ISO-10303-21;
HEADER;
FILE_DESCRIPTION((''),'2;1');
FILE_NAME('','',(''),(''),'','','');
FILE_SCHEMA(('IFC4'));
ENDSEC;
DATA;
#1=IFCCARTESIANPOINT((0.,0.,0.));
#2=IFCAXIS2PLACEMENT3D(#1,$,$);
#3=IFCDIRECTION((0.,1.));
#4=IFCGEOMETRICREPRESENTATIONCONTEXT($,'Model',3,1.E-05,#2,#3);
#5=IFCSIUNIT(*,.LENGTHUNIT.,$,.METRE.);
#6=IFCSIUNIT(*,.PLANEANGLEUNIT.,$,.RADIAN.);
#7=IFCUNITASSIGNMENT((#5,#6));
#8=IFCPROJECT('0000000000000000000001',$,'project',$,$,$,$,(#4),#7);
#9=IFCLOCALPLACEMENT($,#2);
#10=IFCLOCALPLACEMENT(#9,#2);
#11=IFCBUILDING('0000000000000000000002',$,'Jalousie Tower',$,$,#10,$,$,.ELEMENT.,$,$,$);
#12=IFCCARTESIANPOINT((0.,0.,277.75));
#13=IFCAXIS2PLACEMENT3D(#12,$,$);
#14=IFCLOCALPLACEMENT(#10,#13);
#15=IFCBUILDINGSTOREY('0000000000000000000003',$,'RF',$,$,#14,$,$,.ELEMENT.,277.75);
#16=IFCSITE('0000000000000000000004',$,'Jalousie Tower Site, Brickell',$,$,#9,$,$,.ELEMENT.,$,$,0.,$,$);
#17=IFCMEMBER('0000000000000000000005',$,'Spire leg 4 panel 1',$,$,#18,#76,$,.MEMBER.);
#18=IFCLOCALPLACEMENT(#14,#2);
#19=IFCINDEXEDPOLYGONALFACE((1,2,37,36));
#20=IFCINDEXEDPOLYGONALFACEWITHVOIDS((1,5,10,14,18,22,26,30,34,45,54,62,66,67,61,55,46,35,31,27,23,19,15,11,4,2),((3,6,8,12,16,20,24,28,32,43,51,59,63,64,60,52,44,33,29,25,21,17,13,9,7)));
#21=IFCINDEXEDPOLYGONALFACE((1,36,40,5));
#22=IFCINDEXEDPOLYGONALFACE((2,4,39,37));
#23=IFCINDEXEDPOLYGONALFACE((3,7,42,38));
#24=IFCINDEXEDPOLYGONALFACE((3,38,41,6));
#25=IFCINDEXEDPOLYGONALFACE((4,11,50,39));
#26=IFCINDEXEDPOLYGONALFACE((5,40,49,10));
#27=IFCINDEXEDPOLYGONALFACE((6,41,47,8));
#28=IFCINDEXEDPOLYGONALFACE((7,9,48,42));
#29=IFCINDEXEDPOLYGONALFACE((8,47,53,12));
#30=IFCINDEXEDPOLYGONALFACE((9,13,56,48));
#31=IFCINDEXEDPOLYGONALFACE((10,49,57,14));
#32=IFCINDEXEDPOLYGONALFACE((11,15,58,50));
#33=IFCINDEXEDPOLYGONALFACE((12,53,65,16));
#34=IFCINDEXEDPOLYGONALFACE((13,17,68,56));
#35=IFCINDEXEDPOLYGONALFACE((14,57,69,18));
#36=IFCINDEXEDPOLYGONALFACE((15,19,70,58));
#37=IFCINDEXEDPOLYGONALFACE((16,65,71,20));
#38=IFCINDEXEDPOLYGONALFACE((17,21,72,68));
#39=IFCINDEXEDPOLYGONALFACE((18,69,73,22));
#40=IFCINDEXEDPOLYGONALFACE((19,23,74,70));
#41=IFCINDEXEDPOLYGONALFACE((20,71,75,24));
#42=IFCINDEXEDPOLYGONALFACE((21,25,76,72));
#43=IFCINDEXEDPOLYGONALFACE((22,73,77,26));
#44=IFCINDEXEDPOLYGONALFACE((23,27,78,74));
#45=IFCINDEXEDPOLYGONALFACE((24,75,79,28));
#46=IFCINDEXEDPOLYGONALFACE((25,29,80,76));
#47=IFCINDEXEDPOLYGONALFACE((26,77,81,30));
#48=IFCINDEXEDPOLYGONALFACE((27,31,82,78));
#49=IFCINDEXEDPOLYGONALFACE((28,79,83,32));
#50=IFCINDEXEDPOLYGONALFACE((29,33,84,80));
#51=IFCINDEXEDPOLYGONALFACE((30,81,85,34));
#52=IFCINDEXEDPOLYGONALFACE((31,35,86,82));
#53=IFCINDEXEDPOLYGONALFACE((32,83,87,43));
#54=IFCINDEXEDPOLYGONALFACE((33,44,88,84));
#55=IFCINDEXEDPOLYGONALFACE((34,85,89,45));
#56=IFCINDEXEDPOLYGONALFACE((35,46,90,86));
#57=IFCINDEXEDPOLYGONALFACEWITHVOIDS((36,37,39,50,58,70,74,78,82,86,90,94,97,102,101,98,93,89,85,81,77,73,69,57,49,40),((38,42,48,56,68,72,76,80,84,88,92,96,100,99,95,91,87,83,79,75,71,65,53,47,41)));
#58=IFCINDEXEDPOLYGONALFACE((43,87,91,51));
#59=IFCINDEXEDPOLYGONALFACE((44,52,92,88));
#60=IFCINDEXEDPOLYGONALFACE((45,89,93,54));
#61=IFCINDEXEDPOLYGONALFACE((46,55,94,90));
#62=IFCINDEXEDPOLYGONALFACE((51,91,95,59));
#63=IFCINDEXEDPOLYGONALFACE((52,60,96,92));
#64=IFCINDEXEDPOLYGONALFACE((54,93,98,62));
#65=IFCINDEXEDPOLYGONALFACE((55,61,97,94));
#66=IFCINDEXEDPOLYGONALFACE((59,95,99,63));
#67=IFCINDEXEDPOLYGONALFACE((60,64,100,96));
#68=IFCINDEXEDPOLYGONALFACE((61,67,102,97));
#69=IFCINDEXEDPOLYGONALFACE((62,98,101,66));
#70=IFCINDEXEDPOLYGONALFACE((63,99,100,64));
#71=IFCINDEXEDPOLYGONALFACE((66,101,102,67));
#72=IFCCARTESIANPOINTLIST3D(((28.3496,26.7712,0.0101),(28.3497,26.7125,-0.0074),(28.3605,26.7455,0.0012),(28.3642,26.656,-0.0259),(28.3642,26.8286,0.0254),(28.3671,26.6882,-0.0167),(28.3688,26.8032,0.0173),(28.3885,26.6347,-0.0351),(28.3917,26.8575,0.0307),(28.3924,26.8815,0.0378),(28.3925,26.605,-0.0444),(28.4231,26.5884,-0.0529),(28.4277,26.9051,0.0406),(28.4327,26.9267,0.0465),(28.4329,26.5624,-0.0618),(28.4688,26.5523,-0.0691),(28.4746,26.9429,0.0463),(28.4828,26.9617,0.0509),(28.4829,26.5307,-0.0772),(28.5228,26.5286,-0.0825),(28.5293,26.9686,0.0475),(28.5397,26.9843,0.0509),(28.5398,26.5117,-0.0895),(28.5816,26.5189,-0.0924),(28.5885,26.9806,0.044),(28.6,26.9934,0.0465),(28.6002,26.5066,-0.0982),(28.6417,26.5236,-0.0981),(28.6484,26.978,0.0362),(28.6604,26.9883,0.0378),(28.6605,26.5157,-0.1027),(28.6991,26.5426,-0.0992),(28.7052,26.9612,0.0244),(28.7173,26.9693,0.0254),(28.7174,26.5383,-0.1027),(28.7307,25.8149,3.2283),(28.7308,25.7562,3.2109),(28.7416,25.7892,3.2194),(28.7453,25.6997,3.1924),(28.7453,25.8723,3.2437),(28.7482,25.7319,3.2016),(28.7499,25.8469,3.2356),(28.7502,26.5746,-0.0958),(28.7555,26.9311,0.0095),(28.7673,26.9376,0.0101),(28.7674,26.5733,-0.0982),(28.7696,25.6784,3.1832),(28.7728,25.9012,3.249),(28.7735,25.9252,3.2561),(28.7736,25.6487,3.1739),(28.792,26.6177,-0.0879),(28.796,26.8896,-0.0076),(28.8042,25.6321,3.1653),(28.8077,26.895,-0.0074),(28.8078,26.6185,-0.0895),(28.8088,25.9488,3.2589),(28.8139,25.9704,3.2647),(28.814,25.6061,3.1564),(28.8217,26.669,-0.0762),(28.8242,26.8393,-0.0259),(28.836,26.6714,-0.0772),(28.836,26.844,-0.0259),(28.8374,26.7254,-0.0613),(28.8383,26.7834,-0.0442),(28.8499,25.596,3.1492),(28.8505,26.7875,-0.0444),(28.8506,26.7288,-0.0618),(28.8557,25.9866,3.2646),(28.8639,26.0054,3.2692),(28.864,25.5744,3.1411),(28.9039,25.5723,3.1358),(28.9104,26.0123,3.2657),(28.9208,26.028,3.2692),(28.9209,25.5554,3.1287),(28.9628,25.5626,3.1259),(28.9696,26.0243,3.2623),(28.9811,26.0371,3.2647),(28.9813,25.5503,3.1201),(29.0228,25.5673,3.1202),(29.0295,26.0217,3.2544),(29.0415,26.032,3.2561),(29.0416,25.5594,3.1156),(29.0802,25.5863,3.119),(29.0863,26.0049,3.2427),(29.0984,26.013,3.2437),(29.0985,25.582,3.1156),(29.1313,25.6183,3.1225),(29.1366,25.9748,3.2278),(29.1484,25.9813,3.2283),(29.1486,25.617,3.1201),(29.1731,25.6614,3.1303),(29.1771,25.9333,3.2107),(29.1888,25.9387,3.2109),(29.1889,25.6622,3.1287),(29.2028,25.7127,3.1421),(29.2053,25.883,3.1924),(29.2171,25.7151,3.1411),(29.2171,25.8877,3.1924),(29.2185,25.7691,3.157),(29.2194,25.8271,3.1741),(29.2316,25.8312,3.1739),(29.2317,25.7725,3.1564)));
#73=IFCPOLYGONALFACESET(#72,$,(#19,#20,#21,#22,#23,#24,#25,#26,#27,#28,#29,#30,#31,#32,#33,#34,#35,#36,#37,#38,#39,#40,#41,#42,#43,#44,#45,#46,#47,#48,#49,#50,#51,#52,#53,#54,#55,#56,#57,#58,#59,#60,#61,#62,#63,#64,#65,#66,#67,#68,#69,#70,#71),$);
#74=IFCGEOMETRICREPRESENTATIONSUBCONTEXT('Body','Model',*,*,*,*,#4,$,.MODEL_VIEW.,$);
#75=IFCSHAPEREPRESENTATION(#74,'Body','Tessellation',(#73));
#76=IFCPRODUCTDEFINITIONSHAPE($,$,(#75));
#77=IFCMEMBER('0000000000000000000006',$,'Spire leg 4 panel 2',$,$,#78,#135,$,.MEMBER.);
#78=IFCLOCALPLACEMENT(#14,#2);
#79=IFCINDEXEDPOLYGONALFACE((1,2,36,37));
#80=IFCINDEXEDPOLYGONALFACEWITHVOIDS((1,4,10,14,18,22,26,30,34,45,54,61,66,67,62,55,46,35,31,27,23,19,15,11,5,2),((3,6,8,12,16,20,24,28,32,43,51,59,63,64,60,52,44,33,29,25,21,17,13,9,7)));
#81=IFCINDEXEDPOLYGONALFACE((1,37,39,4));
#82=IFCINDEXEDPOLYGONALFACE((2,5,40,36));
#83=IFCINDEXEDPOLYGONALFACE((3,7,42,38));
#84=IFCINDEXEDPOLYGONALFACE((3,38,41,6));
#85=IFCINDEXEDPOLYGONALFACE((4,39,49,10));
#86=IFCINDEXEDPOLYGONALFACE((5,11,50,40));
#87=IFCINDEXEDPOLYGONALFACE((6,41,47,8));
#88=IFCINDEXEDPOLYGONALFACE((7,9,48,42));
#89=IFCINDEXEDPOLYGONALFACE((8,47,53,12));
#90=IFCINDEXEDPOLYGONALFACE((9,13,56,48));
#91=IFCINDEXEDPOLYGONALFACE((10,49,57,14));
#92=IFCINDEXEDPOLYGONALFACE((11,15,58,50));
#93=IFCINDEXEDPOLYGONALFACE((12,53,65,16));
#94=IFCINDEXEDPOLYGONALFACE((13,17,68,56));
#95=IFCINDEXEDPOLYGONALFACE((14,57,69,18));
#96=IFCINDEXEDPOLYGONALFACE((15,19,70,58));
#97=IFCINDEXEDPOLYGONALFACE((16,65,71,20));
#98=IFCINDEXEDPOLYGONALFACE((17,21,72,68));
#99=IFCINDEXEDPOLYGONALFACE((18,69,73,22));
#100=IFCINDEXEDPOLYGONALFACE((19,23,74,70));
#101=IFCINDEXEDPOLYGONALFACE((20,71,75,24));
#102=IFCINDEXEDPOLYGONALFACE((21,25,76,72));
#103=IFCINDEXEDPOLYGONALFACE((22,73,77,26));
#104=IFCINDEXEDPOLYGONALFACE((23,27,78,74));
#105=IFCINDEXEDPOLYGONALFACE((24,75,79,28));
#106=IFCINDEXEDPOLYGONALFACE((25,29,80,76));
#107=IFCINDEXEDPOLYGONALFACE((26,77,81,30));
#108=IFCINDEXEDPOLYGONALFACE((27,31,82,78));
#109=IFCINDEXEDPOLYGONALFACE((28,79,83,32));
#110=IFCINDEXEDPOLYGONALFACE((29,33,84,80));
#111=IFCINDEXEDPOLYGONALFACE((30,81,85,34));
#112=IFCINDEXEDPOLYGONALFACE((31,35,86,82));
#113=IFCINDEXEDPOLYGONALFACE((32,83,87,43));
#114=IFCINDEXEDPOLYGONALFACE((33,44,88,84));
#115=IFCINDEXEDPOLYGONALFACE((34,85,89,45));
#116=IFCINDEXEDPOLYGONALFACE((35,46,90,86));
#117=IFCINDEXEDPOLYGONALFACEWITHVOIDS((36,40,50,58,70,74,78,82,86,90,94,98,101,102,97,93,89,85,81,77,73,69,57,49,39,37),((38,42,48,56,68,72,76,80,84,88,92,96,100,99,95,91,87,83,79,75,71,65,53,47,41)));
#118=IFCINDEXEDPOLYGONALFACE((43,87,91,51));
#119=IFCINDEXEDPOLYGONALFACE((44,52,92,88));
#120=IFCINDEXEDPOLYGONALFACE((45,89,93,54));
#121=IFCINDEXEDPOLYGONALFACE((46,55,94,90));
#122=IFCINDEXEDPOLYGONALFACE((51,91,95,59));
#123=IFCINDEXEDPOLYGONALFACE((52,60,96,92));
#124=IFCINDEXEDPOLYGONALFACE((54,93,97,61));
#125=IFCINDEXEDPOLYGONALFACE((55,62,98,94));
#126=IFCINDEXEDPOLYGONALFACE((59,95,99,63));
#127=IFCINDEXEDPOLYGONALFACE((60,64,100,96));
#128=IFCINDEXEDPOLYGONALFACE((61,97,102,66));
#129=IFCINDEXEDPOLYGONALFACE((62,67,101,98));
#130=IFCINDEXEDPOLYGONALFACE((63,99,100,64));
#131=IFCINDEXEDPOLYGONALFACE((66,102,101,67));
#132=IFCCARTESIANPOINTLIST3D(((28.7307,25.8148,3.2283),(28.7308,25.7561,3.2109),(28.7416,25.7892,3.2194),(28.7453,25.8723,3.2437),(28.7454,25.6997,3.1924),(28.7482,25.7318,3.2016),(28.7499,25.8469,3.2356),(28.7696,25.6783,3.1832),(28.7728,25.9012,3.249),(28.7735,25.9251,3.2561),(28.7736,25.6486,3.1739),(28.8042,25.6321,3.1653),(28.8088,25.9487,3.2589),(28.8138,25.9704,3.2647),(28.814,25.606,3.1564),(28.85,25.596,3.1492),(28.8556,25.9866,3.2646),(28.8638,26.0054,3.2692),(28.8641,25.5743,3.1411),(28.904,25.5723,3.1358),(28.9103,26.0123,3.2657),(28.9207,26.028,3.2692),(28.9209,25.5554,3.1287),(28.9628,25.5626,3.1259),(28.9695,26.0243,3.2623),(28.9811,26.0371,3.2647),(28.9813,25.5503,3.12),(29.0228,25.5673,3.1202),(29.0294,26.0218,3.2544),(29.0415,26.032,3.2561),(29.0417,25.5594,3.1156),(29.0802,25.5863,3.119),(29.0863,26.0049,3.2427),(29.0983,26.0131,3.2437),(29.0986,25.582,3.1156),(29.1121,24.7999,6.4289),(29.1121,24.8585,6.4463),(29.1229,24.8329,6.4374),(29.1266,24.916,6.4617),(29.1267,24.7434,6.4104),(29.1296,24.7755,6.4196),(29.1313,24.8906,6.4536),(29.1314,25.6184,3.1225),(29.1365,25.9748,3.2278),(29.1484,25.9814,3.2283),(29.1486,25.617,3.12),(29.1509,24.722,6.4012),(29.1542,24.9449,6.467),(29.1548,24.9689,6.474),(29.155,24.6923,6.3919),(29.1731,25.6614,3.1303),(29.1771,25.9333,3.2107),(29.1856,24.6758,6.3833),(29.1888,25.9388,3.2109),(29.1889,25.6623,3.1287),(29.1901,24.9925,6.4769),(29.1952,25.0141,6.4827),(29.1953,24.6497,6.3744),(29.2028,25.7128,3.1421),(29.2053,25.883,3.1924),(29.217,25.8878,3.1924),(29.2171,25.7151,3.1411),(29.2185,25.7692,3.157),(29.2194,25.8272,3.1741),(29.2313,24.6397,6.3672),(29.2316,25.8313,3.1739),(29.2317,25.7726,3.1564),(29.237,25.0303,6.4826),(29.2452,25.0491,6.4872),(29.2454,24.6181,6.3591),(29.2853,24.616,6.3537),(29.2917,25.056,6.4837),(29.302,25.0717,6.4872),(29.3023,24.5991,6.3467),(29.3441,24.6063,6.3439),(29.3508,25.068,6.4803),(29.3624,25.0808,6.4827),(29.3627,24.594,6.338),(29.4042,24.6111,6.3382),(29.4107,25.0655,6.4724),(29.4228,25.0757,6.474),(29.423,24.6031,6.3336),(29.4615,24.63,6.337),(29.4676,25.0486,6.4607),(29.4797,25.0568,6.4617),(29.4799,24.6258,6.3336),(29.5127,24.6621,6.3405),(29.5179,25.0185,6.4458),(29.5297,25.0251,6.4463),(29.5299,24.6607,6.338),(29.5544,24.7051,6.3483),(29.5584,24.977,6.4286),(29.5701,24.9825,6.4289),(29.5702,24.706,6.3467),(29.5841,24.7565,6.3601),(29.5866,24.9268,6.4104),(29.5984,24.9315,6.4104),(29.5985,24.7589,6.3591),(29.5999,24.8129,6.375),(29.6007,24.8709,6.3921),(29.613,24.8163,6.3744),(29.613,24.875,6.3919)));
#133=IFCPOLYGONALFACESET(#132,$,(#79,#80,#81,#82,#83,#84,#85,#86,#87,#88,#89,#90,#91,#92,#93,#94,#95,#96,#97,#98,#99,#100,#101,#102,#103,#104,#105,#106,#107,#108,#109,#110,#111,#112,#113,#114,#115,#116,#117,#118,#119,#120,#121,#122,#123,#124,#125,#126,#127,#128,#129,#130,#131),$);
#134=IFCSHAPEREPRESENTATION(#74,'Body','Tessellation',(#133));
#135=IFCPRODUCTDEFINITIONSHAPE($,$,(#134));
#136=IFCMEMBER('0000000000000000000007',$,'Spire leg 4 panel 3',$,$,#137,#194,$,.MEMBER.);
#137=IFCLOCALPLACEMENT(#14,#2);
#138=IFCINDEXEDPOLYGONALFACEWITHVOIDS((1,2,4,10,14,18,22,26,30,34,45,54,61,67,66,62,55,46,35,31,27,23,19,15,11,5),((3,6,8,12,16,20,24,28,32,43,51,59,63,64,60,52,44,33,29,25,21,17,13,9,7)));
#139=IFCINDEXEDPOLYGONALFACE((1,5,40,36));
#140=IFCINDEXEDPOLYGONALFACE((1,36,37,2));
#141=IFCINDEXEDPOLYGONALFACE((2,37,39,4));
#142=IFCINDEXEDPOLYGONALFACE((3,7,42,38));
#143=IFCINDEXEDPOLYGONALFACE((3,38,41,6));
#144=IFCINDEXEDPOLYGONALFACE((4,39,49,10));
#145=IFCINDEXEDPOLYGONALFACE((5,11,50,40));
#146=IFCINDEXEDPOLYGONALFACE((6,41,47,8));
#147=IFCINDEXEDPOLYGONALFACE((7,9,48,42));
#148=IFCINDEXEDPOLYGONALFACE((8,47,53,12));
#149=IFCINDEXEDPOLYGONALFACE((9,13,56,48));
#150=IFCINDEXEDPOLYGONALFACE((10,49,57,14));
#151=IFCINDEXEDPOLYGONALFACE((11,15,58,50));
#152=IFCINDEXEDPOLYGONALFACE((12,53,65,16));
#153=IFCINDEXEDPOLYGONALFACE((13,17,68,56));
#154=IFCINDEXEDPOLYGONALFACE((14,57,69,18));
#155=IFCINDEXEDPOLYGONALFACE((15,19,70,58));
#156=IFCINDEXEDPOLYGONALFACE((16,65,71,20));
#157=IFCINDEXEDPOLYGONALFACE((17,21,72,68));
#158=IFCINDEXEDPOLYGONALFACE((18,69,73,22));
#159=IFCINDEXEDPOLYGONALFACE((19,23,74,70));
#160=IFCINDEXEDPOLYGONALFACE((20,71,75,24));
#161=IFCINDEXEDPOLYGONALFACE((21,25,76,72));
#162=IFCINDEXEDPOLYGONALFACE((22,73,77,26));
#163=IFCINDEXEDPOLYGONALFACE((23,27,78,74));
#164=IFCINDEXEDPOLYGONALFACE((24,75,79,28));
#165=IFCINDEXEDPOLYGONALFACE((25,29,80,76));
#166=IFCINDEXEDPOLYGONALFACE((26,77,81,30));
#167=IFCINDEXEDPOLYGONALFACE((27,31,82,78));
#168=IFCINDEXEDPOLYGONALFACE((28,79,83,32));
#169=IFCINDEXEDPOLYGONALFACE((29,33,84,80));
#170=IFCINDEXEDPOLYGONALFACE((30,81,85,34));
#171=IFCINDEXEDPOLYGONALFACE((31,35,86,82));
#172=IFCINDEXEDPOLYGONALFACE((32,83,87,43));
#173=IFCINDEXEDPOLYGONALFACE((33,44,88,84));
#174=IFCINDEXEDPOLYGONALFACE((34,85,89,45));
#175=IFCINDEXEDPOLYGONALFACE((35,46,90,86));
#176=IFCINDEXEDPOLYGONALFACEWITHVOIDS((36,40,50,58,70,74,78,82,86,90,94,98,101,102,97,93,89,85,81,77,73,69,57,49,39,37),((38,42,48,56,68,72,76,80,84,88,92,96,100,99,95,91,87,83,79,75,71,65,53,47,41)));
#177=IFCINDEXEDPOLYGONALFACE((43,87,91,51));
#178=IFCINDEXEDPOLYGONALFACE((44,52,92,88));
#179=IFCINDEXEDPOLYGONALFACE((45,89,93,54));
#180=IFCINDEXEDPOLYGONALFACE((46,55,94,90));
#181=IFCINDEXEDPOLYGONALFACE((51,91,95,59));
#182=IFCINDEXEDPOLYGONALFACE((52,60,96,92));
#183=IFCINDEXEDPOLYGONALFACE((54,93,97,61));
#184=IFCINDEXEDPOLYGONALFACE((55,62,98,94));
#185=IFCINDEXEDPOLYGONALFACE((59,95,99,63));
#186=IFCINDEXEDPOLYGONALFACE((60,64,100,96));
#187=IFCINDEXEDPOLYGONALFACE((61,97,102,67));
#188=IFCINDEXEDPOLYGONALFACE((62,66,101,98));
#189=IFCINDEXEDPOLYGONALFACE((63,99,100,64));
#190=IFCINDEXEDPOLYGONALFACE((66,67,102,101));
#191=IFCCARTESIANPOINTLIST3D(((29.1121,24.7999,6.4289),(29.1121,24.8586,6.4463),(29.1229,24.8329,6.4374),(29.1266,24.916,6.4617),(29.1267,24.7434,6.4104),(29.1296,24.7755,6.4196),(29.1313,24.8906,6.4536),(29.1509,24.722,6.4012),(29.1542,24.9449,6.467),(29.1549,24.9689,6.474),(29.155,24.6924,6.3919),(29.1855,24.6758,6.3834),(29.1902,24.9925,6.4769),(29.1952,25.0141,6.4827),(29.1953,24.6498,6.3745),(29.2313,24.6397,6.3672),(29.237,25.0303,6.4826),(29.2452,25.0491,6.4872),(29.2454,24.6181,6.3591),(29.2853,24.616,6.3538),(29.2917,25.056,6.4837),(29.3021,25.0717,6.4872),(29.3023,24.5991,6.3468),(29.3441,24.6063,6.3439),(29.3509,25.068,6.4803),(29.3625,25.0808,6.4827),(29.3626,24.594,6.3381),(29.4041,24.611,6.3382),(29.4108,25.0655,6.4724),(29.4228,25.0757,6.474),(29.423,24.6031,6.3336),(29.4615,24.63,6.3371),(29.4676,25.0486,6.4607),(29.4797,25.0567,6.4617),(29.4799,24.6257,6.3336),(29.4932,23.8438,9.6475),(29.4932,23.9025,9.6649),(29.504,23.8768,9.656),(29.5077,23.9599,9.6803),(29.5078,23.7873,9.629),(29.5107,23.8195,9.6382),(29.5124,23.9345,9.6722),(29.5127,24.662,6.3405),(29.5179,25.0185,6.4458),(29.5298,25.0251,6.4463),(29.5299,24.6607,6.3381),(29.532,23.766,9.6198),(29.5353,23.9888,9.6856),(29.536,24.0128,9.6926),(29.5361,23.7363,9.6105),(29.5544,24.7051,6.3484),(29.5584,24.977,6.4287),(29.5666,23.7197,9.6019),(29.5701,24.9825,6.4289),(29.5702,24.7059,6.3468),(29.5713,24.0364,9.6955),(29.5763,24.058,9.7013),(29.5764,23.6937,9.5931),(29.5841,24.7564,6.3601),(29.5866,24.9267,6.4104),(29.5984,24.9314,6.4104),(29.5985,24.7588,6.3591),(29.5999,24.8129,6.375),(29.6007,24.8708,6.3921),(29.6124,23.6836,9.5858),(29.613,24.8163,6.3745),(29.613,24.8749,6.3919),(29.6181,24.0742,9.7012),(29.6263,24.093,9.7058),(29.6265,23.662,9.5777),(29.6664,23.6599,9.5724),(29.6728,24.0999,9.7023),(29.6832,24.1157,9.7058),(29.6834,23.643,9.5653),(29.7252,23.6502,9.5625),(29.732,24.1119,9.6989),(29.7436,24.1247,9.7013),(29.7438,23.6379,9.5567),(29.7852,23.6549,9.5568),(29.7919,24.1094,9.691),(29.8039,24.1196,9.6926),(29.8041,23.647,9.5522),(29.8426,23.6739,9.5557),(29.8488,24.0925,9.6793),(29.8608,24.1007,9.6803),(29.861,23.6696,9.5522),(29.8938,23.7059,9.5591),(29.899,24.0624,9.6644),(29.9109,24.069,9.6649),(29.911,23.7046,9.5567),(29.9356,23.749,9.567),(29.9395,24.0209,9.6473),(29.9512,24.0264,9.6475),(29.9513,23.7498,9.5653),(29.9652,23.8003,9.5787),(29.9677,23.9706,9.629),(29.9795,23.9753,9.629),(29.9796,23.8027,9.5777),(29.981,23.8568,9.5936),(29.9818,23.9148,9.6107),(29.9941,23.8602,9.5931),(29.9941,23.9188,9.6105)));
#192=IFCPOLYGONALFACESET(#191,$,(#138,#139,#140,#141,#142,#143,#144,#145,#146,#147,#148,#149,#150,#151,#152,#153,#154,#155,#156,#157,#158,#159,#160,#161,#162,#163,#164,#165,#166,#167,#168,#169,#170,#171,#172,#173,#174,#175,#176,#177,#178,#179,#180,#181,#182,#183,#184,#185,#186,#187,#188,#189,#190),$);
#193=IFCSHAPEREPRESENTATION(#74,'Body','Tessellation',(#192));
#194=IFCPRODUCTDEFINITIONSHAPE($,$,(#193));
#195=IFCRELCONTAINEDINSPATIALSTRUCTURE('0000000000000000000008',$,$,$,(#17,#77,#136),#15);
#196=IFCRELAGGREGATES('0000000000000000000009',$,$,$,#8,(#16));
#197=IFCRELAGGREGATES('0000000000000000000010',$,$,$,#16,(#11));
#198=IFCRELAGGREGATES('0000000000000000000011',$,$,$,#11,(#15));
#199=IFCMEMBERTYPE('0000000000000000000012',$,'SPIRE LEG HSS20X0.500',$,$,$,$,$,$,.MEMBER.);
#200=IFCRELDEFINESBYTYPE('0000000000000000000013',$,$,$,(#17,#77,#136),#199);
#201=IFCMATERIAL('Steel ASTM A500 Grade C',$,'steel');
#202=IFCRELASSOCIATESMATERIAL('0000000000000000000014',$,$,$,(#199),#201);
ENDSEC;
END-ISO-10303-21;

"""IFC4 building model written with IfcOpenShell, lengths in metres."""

from ifc_helpers import new_model, si_unit, direction, frame, origin, origin_2d, place, context, subcontext, project, spatial, hollow_circle, extrude, material, material_profile, profile_set, type_object, element, save


model = new_model("IFC4")

# Units and contexts
model_context = context("Model", 3, precision=1e-05, world=origin(), true_north=direction((0.0, 1.0)))
body_context = subcontext(model_context, "Body", "Model", "MODEL_VIEW")
ifc_project = project(units=[si_unit("LENGTHUNIT", "METRE"), si_unit("PLANEANGLEUNIT", "RADIAN")], contexts=[model_context])

# Site, building, storey
site_placement = place(None, origin())
site = spatial("IfcSite", under=ifc_project, at=site_placement, Name="Jalousie Tower Site, Brickell", CompositionType="ELEMENT", RefElevation=0.0)
building_placement = place(site_placement, origin())
building = spatial("IfcBuilding", under=site, at=building_placement, Name="Jalousie Tower", CompositionType="ELEMENT")
storey_placement = place(building_placement, frame((0.0, 0.0, 277.75)))
storey = spatial("IfcBuildingStorey", under=building, at=storey_placement, Name="RF", CompositionType="ELEMENT", Elevation=277.75)

# Members
ifc_material_1 = material(Name="Steel ASTM A500 Grade C", Category="steel")
ifc_material_profile_1 = material_profile(ifc_material_1, hollow_circle(Radius=0.2539, WallThickness=0.0127, at=origin_2d()), Name="HSS20X0.500")
ifc_profile_set_1 = profile_set([ifc_material_profile_1], Name="Steel ASTM A500 Grade C")
member_type_1 = type_object("IfcMemberType", Name="SPIRE LEG HSS20X0.500", PredefinedType="MEMBER", material=ifc_profile_set_1)
member_1_placement = place(storey_placement, frame((28.6001, 26.75, -0.0259), z_axis=(0.112789, -0.283021, 0.952459), x_axis=(0.92895, 0.370205, 0.0)))
element("IfcMember", 1, at=member_1_placement, inside=storey, type_object=member_type_1, Name="Spire leg 4 panel 1", PredefinedType="MEMBER", context=body_context, shape_type="SweptSolid", body=[
    extrude(hollow_circle(Radius=0.2539, WallThickness=0.0127, at=origin_2d()), origin(), (0.0, 0.0, 1.0), 3.3789),
])
member_2_placement = place(storey_placement, frame((28.9812, 25.7937, 3.1924), z_axis=(0.112868, -0.283038, 0.952444), x_axis=(0.928869, 0.370409, 0.0)))
element("IfcMember", 2, at=member_2_placement, inside=storey, type_object=member_type_1, Name="Spire leg 4 panel 2", PredefinedType="MEMBER", context=body_context, shape_type="SweptSolid", body=[
    extrude(hollow_circle(Radius=0.2539, WallThickness=0.0127, at=origin_2d()), origin(), (0.0, 0.0, 1.0), 3.3787),
])
member_3_placement = place(storey_placement, frame((29.3625, 24.8374, 6.4104), z_axis=(0.112784, -0.282935, 0.952485), x_axis=(0.928918, 0.370286, 0.0)))
element("IfcMember", 3, at=member_3_placement, inside=storey, type_object=member_type_1, Name="Spire leg 4 panel 3", PredefinedType="MEMBER", context=body_context, shape_type="SweptSolid", body=[
    extrude(hollow_circle(Radius=0.2539, WallThickness=0.0127, at=origin_2d()), origin(), (0.0, 0.0, 1.0), 3.3792),
])

save(model, "model.ifc")
